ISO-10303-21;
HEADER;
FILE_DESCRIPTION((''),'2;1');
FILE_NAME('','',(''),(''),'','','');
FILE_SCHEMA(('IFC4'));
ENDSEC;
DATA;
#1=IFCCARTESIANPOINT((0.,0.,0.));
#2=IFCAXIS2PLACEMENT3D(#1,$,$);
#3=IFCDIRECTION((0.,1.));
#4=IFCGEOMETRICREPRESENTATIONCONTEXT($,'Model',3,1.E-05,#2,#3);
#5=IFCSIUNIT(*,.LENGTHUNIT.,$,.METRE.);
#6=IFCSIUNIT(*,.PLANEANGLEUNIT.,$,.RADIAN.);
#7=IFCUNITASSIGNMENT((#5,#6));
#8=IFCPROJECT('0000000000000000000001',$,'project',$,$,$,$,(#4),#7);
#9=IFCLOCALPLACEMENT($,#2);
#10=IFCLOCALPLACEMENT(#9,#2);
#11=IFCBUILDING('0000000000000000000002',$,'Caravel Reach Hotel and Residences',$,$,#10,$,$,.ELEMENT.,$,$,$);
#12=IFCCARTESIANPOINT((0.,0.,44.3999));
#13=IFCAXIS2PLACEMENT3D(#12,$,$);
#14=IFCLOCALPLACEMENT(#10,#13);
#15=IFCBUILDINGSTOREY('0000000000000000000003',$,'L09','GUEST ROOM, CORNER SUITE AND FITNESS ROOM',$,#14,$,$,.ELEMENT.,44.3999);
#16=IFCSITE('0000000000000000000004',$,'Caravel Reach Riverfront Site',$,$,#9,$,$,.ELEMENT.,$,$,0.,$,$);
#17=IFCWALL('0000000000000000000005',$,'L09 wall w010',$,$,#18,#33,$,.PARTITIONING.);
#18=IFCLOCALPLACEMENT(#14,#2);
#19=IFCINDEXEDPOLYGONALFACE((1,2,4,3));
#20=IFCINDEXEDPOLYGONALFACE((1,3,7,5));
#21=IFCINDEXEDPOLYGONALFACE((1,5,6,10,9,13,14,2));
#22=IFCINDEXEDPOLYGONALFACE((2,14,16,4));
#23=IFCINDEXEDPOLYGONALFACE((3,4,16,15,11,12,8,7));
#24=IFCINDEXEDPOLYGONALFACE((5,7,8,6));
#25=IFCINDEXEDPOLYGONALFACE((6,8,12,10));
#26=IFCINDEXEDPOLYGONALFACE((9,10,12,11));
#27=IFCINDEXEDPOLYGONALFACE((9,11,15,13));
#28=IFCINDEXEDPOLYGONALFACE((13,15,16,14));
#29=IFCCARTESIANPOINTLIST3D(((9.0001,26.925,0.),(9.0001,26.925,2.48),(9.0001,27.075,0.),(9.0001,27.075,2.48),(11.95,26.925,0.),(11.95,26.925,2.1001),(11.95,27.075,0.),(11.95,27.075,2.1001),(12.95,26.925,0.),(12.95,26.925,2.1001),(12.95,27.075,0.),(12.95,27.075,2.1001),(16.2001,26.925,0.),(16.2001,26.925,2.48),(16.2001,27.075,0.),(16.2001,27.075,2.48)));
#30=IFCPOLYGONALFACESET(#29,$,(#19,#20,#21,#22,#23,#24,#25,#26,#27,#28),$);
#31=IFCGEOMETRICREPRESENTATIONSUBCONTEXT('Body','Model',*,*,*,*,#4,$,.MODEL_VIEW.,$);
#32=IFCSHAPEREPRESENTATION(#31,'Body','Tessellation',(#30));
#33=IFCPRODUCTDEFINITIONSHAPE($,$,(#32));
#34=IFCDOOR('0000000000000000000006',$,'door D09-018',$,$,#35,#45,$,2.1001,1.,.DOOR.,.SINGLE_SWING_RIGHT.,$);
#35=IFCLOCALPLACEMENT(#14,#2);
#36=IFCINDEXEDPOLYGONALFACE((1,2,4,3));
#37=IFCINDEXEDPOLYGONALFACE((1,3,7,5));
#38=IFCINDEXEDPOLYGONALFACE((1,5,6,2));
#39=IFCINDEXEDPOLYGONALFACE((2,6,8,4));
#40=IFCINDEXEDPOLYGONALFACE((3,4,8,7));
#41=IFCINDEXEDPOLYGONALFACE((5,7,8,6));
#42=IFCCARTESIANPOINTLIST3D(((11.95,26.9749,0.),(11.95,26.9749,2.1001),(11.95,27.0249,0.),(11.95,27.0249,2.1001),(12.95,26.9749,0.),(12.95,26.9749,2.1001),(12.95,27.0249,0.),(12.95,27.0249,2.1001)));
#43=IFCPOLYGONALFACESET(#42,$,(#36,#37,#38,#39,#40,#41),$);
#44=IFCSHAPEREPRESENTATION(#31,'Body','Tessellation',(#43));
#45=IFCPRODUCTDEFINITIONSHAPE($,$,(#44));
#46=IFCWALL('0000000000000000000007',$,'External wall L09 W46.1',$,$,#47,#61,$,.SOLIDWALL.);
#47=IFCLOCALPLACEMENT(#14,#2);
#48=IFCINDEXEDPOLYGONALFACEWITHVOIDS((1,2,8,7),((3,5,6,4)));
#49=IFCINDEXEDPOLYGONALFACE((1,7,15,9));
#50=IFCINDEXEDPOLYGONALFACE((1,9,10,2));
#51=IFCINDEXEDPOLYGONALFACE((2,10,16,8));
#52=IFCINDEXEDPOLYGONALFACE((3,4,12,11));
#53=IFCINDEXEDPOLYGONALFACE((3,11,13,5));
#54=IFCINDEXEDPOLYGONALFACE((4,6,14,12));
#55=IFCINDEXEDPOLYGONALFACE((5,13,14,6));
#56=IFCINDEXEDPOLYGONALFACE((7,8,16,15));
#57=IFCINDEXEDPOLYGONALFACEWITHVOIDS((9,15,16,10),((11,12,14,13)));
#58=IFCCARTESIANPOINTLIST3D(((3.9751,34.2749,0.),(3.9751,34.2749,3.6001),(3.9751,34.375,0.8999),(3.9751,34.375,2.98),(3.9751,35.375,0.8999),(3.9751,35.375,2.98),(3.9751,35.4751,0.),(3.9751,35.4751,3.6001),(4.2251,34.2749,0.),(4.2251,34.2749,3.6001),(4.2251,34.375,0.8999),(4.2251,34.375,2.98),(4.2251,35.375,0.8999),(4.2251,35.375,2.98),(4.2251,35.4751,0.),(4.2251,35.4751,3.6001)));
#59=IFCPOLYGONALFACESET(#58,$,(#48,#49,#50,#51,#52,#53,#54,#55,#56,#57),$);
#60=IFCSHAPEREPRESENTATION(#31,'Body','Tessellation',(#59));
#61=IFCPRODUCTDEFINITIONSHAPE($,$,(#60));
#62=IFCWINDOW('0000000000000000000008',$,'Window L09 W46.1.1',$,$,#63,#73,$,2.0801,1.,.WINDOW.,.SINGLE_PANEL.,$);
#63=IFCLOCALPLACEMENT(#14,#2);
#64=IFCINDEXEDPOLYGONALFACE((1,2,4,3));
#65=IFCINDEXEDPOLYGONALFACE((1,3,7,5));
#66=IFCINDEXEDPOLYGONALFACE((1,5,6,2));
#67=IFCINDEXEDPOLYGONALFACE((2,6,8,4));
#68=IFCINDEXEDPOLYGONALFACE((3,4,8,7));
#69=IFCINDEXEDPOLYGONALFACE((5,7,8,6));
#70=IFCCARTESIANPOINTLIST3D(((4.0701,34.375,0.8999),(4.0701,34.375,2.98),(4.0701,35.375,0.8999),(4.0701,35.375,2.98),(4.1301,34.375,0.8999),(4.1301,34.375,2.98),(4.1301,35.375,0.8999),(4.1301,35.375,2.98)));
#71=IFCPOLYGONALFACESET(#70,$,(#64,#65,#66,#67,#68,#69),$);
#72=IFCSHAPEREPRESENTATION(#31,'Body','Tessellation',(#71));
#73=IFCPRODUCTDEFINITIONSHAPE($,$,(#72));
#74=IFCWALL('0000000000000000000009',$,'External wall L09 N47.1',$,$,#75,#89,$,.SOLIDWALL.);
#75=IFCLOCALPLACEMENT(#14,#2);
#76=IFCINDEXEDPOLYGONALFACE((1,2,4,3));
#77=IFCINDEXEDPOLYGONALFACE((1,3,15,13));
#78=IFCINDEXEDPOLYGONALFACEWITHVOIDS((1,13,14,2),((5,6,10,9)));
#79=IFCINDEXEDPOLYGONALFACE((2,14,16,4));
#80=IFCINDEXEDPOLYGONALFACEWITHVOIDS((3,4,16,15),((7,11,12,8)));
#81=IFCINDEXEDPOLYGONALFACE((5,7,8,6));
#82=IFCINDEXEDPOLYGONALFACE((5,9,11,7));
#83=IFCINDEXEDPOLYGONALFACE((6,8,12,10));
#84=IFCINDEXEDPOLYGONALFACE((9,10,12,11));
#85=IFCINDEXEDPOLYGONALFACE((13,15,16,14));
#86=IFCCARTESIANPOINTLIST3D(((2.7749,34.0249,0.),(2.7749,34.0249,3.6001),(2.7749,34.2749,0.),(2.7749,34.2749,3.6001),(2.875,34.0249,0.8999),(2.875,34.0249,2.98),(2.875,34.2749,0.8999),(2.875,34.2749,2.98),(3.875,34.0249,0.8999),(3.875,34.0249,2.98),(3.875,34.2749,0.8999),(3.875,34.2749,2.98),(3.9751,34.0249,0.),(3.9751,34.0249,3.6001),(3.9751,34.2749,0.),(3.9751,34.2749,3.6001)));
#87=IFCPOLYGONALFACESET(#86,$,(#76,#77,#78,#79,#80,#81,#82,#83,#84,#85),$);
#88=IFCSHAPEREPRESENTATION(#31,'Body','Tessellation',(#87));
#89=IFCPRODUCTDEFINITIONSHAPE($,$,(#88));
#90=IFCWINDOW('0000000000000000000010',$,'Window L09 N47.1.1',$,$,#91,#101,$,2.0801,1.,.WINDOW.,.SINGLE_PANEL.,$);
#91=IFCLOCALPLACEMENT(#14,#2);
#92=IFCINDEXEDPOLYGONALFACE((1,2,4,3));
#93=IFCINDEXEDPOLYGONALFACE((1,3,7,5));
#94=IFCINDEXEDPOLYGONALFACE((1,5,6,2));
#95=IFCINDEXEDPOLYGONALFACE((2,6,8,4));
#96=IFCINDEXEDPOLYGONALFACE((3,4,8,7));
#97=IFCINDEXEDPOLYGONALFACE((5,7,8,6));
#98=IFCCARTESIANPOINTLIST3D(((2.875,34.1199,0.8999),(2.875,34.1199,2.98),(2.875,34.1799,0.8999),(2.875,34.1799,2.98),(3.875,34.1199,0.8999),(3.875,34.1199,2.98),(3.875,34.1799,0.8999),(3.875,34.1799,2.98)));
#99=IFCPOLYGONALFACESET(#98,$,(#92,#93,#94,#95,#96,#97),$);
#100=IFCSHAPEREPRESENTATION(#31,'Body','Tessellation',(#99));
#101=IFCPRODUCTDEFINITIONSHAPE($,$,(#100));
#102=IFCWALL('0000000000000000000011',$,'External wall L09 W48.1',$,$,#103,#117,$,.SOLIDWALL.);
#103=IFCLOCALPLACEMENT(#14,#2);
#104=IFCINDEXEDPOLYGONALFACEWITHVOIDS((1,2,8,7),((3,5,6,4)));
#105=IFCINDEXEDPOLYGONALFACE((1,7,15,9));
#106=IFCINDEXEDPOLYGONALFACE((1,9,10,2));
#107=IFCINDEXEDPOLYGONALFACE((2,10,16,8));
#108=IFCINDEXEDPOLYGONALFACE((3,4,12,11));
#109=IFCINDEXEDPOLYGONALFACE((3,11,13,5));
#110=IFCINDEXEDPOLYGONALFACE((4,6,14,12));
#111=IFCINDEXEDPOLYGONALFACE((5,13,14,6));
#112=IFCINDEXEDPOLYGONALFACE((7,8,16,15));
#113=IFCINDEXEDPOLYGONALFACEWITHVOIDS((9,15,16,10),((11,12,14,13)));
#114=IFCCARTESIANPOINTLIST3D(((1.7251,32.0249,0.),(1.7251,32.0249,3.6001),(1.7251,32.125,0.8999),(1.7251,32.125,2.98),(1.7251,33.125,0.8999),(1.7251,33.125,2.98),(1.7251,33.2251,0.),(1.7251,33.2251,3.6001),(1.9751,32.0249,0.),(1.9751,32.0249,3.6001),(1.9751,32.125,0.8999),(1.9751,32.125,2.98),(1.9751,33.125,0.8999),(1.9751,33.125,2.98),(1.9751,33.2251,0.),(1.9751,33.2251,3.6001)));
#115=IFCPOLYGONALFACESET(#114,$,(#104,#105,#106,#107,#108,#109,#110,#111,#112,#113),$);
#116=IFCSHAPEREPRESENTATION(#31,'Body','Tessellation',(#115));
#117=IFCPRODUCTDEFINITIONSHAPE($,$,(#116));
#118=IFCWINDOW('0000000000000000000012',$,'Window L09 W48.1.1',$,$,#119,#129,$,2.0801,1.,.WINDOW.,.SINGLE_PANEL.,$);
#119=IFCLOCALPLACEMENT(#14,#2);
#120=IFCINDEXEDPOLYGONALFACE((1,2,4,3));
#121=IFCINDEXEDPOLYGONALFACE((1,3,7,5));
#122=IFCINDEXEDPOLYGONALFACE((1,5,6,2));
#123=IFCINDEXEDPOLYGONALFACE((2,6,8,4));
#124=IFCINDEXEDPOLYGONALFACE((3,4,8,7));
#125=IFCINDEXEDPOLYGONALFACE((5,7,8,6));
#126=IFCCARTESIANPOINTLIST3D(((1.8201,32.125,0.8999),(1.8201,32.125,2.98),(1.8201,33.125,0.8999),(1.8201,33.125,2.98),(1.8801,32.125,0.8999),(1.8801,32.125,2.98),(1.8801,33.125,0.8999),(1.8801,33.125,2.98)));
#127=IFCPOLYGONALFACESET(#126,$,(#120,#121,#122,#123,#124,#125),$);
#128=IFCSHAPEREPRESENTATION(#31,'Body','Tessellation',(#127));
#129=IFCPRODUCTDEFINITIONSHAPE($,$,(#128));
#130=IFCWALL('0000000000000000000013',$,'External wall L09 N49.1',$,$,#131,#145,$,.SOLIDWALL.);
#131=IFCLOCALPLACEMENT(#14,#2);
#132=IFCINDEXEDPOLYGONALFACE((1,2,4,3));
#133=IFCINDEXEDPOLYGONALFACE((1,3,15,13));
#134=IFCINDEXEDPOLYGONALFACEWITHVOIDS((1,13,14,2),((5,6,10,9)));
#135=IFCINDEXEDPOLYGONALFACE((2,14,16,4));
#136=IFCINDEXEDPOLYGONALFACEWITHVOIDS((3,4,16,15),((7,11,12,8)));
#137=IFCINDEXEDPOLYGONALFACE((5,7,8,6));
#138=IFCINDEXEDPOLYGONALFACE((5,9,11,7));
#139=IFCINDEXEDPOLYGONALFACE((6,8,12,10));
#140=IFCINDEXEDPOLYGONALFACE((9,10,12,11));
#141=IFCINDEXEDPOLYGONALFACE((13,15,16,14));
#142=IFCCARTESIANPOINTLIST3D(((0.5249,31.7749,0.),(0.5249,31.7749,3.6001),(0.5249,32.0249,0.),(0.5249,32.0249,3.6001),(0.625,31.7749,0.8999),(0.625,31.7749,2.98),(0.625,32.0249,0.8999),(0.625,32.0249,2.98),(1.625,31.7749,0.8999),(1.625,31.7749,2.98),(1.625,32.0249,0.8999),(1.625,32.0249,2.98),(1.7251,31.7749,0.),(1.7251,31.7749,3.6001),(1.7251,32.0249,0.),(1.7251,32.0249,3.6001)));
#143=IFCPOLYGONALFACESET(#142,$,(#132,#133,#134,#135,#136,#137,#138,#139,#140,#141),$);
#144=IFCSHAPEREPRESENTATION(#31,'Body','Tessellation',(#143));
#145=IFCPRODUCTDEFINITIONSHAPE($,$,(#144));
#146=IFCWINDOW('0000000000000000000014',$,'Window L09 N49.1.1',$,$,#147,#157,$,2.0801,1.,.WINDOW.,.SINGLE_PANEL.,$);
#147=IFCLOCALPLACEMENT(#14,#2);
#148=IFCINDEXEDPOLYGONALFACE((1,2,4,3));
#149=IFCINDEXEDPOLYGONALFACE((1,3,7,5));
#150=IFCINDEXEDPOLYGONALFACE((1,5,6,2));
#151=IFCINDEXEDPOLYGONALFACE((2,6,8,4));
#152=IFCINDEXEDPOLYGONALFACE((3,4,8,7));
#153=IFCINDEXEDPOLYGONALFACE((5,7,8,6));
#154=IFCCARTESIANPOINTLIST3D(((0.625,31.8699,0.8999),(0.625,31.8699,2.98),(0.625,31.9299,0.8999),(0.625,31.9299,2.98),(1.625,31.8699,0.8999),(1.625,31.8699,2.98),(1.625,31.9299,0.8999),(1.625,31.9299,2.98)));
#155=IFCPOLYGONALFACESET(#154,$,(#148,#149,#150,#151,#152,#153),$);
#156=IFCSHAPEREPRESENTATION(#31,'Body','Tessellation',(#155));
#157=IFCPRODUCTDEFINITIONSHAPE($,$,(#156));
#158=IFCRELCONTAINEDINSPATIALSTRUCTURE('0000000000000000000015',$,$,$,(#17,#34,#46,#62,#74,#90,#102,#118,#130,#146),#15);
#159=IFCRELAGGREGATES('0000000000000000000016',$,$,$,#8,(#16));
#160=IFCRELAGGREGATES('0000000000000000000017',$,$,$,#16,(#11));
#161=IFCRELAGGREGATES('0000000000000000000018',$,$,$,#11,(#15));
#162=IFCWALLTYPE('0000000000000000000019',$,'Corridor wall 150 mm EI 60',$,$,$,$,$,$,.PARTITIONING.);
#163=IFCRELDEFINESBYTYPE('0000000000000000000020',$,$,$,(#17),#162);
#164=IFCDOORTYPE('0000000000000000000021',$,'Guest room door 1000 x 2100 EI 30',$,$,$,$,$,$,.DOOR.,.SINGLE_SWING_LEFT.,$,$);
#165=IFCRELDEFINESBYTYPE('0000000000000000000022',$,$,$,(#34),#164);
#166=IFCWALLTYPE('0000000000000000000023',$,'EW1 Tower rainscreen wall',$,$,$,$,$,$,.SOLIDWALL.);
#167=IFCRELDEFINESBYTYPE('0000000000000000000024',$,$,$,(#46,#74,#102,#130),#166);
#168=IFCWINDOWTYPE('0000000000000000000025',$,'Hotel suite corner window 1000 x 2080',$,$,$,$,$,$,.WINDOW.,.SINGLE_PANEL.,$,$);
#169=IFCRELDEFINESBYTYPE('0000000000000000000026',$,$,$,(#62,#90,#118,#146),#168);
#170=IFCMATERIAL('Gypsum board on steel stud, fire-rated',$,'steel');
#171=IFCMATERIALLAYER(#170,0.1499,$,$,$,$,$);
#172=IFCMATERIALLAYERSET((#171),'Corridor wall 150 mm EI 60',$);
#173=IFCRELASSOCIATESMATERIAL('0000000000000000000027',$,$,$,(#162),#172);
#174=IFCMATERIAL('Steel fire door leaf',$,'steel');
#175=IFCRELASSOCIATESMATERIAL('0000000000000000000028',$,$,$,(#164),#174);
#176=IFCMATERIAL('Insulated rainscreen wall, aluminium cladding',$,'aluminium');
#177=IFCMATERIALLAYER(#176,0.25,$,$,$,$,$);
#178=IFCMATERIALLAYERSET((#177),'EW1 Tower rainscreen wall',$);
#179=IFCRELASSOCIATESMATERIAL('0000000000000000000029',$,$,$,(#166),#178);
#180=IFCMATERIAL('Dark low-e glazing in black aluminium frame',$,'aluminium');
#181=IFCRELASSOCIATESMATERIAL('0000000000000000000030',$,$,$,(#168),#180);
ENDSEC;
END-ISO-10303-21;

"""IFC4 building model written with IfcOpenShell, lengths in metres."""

from ifc_helpers import new_model, si_unit, direction, frame, frame_2d, origin, place, context, subcontext, project, spatial, rectangle, extrude, material, layer, layer_set, type_object, element, fill, save


model = new_model("IFC4")

# Units and contexts
model_context = context("Model", 3, precision=1e-05, world=origin(), true_north=direction((0.0, 1.0)))
body_context = subcontext(model_context, "Body", "Model", "MODEL_VIEW")
ifc_project = project(units=[si_unit("LENGTHUNIT", "METRE"), si_unit("PLANEANGLEUNIT", "RADIAN")], contexts=[model_context])

# Site, building, storey
site_placement = place(None, origin())
site = spatial("IfcSite", under=ifc_project, at=site_placement, Name="Caravel Reach Riverfront Site", CompositionType="ELEMENT", RefElevation=0.0)
building_placement = place(site_placement, origin())
building = spatial("IfcBuilding", under=site, at=building_placement, Name="Caravel Reach Hotel and Residences", CompositionType="ELEMENT")
storey_placement = place(building_placement, frame((0.0, 0.0, 44.3999)))
storey = spatial("IfcBuildingStorey", under=building, at=storey_placement, Name="L09", Description="GUEST ROOM, CORNER SUITE AND FITNESS ROOM", CompositionType="ELEMENT", Elevation=44.3999)

# Wall, opening, door
ifc_material_1 = material(Name="Gypsum board on steel stud, fire-rated", Category="steel")
ifc_layer_1 = layer(ifc_material_1, 0.1499)
ifc_layer_set_1 = layer_set([ifc_layer_1], Name="Corridor wall 150 mm EI 60")
wall_type_1 = type_object("IfcWallType", Name="Corridor wall 150 mm EI 60", PredefinedType="PARTITIONING", material=ifc_layer_set_1)
wall_1_placement = place(storey_placement, frame((9.0, 27.0, 0.0), z_axis=(0.0, 0.0, 1.0), x_axis=(1.0, 0.0, 0.0)))
wall_1 = element("IfcWall", 1, at=wall_1_placement, inside=storey, type_object=wall_type_1, Name="L09 wall w010", PredefinedType="PARTITIONING", context=body_context, shape_type="SweptSolid", body=[
    extrude(rectangle(XDim=7.2, YDim=0.1499, at=frame_2d((3.6001, 0.0))), origin(), (0.0, 0.0, 1.0), 2.48),
])
opening_1_placement = place(wall_1_placement, frame((2.95, 0.0, 0.0)))
opening_1 = element("IfcOpeningElement", 2, at=opening_1_placement, cuts=wall_1, PredefinedType="OPENING", context=body_context, shape_type="SweptSolid", body=[
    extrude(rectangle(XDim=1.0, YDim=2.1001, at=frame_2d((0.5, 1.05))), frame((0.0, 0.085, 0.0), z_axis=(0.0, -1.0, 0.0), x_axis=(1.0, 0.0, 0.0)), (0.0, 0.0, 1.0), 0.1699),
])
ifc_material_2 = material(Name="Steel fire door leaf", Category="steel")
door_type_1 = type_object("IfcDoorType", Name="Guest room door 1000 x 2100 EI 30", OperationType="SINGLE_SWING_LEFT", PredefinedType="DOOR", material=ifc_material_2)
door_1_placement = place(opening_1_placement, origin())
door_1 = element("IfcDoor", 3, at=door_1_placement, inside=storey, type_object=door_type_1, Name="door D09-018", OperationType="SINGLE_SWING_RIGHT", OverallHeight=2.1001, OverallWidth=1.0, PredefinedType="DOOR", context=body_context, shape_type="SweptSolid", body=[
    extrude(rectangle(XDim=1.0, YDim=2.1001, at=frame_2d((0.5, 1.05))), frame((0.0, 0.0249, 0.0), z_axis=(0.0, -1.0, 0.0), x_axis=(1.0, 0.0, 0.0)), (0.0, 0.0, 1.0), 0.05),
])
fill(opening_1, door_1)

# Walls, openings, windows
ifc_material_3 = material(Name="Insulated rainscreen wall, aluminium cladding", Category="aluminium")
ifc_layer_2 = layer(ifc_material_3, 0.25)
ifc_layer_set_2 = layer_set([ifc_layer_2], Name="EW1 Tower rainscreen wall")
wall_type_2 = type_object("IfcWallType", Name="EW1 Tower rainscreen wall", PredefinedType="SOLIDWALL", material=ifc_layer_set_2)
wall_2_placement = place(storey_placement, frame((4.1001, 35.4751, 0.0), z_axis=(0.0, 0.0, 1.0), x_axis=(0.0, -1.0, 0.0)))
wall_2 = element("IfcWall", 4, at=wall_2_placement, inside=storey, type_object=wall_type_2, Name="External wall L09 W46.1", PredefinedType="SOLIDWALL", context=body_context, shape_type="SweptSolid", body=[
    extrude(rectangle(XDim=1.2002, YDim=0.25, at=frame_2d((0.6001, 0.0))), origin(), (0.0, 0.0, 1.0), 3.6001),
])
opening_2_placement = place(wall_2_placement, frame((0.1001, 0.0, 0.8999)))
opening_2 = element("IfcOpeningElement", 5, at=opening_2_placement, cuts=wall_2, PredefinedType="OPENING", context=body_context, shape_type="SweptSolid", body=[
    extrude(rectangle(XDim=1.0, YDim=2.0801, at=frame_2d((0.5, 1.04))), frame((0.0, 0.135, 0.0), z_axis=(0.0, -1.0, 0.0), x_axis=(1.0, 0.0, 0.0)), (0.0, 0.0, 1.0), 0.27),
])
ifc_material_4 = material(Name="Dark low-e glazing in black aluminium frame", Category="aluminium")
window_type_1 = type_object("IfcWindowType", Name="Hotel suite corner window 1000 x 2080", PartitioningType="SINGLE_PANEL", PredefinedType="WINDOW", material=ifc_material_4)
window_1_placement = place(opening_2_placement, origin())
window_1 = element("IfcWindow", 6, at=window_1_placement, inside=storey, type_object=window_type_1, Name="Window L09 W46.1.1", OverallHeight=2.0801, OverallWidth=1.0, PartitioningType="SINGLE_PANEL", PredefinedType="WINDOW", context=body_context, shape_type="SweptSolid", body=[
    extrude(rectangle(XDim=1.0, YDim=2.0801, at=frame_2d((0.5, 1.04))), frame((0.0, 0.03, 0.0), z_axis=(0.0, -1.0, 0.0), x_axis=(1.0, 0.0, 0.0)), (0.0, 0.0, 1.0), 0.0601),
])
fill(opening_2, window_1)
wall_3_placement = place(storey_placement, frame((3.9751, 34.1499, 0.0), z_axis=(0.0, 0.0, 1.0), x_axis=(-1.0, 0.0, 0.0)))
wall_3 = element("IfcWall", 7, at=wall_3_placement, inside=storey, type_object=wall_type_2, Name="External wall L09 N47.1", PredefinedType="SOLIDWALL", context=body_context, shape_type="SweptSolid", body=[
    extrude(rectangle(XDim=1.2002, YDim=0.25, at=frame_2d((0.6001, 0.0))), origin(), (0.0, 0.0, 1.0), 3.6001),
])
opening_3_placement = place(wall_3_placement, frame((0.1001, 0.0, 0.8999)))
opening_3 = element("IfcOpeningElement", 8, at=opening_3_placement, cuts=wall_3, PredefinedType="OPENING", context=body_context, shape_type="SweptSolid", body=[
    extrude(rectangle(XDim=1.0, YDim=2.0801, at=frame_2d((0.5, 1.04))), frame((0.0, 0.135, 0.0), z_axis=(0.0, -1.0, 0.0), x_axis=(1.0, 0.0, 0.0)), (0.0, 0.0, 1.0), 0.27),
])
window_2_placement = place(opening_3_placement, origin())
window_2 = element("IfcWindow", 9, at=window_2_placement, inside=storey, type_object=window_type_1, Name="Window L09 N47.1.1", OverallHeight=2.0801, OverallWidth=1.0, PartitioningType="SINGLE_PANEL", PredefinedType="WINDOW", context=body_context, shape_type="SweptSolid", body=[
    extrude(rectangle(XDim=1.0, YDim=2.0801, at=frame_2d((0.5, 1.04))), frame((0.0, 0.03, 0.0), z_axis=(0.0, -1.0, 0.0), x_axis=(1.0, 0.0, 0.0)), (0.0, 0.0, 1.0), 0.0601),
])
fill(opening_3, window_2)
wall_4_placement = place(storey_placement, frame((1.8501, 33.2251, 0.0), z_axis=(0.0, 0.0, 1.0), x_axis=(0.0, -1.0, 0.0)))
wall_4 = element("IfcWall", 10, at=wall_4_placement, inside=storey, type_object=wall_type_2, Name="External wall L09 W48.1", PredefinedType="SOLIDWALL", context=body_context, shape_type="SweptSolid", body=[
    extrude(rectangle(XDim=1.2002, YDim=0.25, at=frame_2d((0.6001, 0.0))), origin(), (0.0, 0.0, 1.0), 3.6001),
])
opening_4_placement = place(wall_4_placement, frame((0.1001, 0.0, 0.8999)))
opening_4 = element("IfcOpeningElement", 11, at=opening_4_placement, cuts=wall_4, PredefinedType="OPENING", context=body_context, shape_type="SweptSolid", body=[
    extrude(rectangle(XDim=1.0, YDim=2.0801, at=frame_2d((0.5, 1.04))), frame((0.0, 0.135, 0.0), z_axis=(0.0, -1.0, 0.0), x_axis=(1.0, 0.0, 0.0)), (0.0, 0.0, 1.0), 0.27),
])
window_3_placement = place(opening_4_placement, origin())
window_3 = element("IfcWindow", 12, at=window_3_placement, inside=storey, type_object=window_type_1, Name="Window L09 W48.1.1", OverallHeight=2.0801, OverallWidth=1.0, PartitioningType="SINGLE_PANEL", PredefinedType="WINDOW", context=body_context, shape_type="SweptSolid", body=[
    extrude(rectangle(XDim=1.0, YDim=2.0801, at=frame_2d((0.5, 1.04))), frame((0.0, 0.03, 0.0), z_axis=(0.0, -1.0, 0.0), x_axis=(1.0, 0.0, 0.0)), (0.0, 0.0, 1.0), 0.0601),
])
fill(opening_4, window_3)
wall_5_placement = place(storey_placement, frame((1.7251, 31.8999, 0.0), z_axis=(0.0, 0.0, 1.0), x_axis=(-1.0, 0.0, 0.0)))
wall_5 = element("IfcWall", 13, at=wall_5_placement, inside=storey, type_object=wall_type_2, Name="External wall L09 N49.1", PredefinedType="SOLIDWALL", context=body_context, shape_type="SweptSolid", body=[
    extrude(rectangle(XDim=1.2002, YDim=0.25, at=frame_2d((0.6001, 0.0))), origin(), (0.0, 0.0, 1.0), 3.6001),
])
opening_5_placement = place(wall_5_placement, frame((0.1001, 0.0, 0.8999)))
opening_5 = element("IfcOpeningElement", 14, at=opening_5_placement, cuts=wall_5, PredefinedType="OPENING", context=body_context, shape_type="SweptSolid", body=[
    extrude(rectangle(XDim=1.0, YDim=2.0801, at=frame_2d((0.5, 1.04))), frame((0.0, 0.135, 0.0), z_axis=(0.0, -1.0, 0.0), x_axis=(1.0, 0.0, 0.0)), (0.0, 0.0, 1.0), 0.27),
])
window_4_placement = place(opening_5_placement, origin())
window_4 = element("IfcWindow", 15, at=window_4_placement, inside=storey, type_object=window_type_1, Name="Window L09 N49.1.1", OverallHeight=2.0801, OverallWidth=1.0, PartitioningType="SINGLE_PANEL", PredefinedType="WINDOW", context=body_context, shape_type="SweptSolid", body=[
    extrude(rectangle(XDim=1.0, YDim=2.0801, at=frame_2d((0.5, 1.04))), frame((0.0, 0.03, 0.0), z_axis=(0.0, -1.0, 0.0), x_axis=(1.0, 0.0, 0.0)), (0.0, 0.0, 1.0), 0.0601),
])
fill(opening_5, window_4)

save(model, "model.ifc")
